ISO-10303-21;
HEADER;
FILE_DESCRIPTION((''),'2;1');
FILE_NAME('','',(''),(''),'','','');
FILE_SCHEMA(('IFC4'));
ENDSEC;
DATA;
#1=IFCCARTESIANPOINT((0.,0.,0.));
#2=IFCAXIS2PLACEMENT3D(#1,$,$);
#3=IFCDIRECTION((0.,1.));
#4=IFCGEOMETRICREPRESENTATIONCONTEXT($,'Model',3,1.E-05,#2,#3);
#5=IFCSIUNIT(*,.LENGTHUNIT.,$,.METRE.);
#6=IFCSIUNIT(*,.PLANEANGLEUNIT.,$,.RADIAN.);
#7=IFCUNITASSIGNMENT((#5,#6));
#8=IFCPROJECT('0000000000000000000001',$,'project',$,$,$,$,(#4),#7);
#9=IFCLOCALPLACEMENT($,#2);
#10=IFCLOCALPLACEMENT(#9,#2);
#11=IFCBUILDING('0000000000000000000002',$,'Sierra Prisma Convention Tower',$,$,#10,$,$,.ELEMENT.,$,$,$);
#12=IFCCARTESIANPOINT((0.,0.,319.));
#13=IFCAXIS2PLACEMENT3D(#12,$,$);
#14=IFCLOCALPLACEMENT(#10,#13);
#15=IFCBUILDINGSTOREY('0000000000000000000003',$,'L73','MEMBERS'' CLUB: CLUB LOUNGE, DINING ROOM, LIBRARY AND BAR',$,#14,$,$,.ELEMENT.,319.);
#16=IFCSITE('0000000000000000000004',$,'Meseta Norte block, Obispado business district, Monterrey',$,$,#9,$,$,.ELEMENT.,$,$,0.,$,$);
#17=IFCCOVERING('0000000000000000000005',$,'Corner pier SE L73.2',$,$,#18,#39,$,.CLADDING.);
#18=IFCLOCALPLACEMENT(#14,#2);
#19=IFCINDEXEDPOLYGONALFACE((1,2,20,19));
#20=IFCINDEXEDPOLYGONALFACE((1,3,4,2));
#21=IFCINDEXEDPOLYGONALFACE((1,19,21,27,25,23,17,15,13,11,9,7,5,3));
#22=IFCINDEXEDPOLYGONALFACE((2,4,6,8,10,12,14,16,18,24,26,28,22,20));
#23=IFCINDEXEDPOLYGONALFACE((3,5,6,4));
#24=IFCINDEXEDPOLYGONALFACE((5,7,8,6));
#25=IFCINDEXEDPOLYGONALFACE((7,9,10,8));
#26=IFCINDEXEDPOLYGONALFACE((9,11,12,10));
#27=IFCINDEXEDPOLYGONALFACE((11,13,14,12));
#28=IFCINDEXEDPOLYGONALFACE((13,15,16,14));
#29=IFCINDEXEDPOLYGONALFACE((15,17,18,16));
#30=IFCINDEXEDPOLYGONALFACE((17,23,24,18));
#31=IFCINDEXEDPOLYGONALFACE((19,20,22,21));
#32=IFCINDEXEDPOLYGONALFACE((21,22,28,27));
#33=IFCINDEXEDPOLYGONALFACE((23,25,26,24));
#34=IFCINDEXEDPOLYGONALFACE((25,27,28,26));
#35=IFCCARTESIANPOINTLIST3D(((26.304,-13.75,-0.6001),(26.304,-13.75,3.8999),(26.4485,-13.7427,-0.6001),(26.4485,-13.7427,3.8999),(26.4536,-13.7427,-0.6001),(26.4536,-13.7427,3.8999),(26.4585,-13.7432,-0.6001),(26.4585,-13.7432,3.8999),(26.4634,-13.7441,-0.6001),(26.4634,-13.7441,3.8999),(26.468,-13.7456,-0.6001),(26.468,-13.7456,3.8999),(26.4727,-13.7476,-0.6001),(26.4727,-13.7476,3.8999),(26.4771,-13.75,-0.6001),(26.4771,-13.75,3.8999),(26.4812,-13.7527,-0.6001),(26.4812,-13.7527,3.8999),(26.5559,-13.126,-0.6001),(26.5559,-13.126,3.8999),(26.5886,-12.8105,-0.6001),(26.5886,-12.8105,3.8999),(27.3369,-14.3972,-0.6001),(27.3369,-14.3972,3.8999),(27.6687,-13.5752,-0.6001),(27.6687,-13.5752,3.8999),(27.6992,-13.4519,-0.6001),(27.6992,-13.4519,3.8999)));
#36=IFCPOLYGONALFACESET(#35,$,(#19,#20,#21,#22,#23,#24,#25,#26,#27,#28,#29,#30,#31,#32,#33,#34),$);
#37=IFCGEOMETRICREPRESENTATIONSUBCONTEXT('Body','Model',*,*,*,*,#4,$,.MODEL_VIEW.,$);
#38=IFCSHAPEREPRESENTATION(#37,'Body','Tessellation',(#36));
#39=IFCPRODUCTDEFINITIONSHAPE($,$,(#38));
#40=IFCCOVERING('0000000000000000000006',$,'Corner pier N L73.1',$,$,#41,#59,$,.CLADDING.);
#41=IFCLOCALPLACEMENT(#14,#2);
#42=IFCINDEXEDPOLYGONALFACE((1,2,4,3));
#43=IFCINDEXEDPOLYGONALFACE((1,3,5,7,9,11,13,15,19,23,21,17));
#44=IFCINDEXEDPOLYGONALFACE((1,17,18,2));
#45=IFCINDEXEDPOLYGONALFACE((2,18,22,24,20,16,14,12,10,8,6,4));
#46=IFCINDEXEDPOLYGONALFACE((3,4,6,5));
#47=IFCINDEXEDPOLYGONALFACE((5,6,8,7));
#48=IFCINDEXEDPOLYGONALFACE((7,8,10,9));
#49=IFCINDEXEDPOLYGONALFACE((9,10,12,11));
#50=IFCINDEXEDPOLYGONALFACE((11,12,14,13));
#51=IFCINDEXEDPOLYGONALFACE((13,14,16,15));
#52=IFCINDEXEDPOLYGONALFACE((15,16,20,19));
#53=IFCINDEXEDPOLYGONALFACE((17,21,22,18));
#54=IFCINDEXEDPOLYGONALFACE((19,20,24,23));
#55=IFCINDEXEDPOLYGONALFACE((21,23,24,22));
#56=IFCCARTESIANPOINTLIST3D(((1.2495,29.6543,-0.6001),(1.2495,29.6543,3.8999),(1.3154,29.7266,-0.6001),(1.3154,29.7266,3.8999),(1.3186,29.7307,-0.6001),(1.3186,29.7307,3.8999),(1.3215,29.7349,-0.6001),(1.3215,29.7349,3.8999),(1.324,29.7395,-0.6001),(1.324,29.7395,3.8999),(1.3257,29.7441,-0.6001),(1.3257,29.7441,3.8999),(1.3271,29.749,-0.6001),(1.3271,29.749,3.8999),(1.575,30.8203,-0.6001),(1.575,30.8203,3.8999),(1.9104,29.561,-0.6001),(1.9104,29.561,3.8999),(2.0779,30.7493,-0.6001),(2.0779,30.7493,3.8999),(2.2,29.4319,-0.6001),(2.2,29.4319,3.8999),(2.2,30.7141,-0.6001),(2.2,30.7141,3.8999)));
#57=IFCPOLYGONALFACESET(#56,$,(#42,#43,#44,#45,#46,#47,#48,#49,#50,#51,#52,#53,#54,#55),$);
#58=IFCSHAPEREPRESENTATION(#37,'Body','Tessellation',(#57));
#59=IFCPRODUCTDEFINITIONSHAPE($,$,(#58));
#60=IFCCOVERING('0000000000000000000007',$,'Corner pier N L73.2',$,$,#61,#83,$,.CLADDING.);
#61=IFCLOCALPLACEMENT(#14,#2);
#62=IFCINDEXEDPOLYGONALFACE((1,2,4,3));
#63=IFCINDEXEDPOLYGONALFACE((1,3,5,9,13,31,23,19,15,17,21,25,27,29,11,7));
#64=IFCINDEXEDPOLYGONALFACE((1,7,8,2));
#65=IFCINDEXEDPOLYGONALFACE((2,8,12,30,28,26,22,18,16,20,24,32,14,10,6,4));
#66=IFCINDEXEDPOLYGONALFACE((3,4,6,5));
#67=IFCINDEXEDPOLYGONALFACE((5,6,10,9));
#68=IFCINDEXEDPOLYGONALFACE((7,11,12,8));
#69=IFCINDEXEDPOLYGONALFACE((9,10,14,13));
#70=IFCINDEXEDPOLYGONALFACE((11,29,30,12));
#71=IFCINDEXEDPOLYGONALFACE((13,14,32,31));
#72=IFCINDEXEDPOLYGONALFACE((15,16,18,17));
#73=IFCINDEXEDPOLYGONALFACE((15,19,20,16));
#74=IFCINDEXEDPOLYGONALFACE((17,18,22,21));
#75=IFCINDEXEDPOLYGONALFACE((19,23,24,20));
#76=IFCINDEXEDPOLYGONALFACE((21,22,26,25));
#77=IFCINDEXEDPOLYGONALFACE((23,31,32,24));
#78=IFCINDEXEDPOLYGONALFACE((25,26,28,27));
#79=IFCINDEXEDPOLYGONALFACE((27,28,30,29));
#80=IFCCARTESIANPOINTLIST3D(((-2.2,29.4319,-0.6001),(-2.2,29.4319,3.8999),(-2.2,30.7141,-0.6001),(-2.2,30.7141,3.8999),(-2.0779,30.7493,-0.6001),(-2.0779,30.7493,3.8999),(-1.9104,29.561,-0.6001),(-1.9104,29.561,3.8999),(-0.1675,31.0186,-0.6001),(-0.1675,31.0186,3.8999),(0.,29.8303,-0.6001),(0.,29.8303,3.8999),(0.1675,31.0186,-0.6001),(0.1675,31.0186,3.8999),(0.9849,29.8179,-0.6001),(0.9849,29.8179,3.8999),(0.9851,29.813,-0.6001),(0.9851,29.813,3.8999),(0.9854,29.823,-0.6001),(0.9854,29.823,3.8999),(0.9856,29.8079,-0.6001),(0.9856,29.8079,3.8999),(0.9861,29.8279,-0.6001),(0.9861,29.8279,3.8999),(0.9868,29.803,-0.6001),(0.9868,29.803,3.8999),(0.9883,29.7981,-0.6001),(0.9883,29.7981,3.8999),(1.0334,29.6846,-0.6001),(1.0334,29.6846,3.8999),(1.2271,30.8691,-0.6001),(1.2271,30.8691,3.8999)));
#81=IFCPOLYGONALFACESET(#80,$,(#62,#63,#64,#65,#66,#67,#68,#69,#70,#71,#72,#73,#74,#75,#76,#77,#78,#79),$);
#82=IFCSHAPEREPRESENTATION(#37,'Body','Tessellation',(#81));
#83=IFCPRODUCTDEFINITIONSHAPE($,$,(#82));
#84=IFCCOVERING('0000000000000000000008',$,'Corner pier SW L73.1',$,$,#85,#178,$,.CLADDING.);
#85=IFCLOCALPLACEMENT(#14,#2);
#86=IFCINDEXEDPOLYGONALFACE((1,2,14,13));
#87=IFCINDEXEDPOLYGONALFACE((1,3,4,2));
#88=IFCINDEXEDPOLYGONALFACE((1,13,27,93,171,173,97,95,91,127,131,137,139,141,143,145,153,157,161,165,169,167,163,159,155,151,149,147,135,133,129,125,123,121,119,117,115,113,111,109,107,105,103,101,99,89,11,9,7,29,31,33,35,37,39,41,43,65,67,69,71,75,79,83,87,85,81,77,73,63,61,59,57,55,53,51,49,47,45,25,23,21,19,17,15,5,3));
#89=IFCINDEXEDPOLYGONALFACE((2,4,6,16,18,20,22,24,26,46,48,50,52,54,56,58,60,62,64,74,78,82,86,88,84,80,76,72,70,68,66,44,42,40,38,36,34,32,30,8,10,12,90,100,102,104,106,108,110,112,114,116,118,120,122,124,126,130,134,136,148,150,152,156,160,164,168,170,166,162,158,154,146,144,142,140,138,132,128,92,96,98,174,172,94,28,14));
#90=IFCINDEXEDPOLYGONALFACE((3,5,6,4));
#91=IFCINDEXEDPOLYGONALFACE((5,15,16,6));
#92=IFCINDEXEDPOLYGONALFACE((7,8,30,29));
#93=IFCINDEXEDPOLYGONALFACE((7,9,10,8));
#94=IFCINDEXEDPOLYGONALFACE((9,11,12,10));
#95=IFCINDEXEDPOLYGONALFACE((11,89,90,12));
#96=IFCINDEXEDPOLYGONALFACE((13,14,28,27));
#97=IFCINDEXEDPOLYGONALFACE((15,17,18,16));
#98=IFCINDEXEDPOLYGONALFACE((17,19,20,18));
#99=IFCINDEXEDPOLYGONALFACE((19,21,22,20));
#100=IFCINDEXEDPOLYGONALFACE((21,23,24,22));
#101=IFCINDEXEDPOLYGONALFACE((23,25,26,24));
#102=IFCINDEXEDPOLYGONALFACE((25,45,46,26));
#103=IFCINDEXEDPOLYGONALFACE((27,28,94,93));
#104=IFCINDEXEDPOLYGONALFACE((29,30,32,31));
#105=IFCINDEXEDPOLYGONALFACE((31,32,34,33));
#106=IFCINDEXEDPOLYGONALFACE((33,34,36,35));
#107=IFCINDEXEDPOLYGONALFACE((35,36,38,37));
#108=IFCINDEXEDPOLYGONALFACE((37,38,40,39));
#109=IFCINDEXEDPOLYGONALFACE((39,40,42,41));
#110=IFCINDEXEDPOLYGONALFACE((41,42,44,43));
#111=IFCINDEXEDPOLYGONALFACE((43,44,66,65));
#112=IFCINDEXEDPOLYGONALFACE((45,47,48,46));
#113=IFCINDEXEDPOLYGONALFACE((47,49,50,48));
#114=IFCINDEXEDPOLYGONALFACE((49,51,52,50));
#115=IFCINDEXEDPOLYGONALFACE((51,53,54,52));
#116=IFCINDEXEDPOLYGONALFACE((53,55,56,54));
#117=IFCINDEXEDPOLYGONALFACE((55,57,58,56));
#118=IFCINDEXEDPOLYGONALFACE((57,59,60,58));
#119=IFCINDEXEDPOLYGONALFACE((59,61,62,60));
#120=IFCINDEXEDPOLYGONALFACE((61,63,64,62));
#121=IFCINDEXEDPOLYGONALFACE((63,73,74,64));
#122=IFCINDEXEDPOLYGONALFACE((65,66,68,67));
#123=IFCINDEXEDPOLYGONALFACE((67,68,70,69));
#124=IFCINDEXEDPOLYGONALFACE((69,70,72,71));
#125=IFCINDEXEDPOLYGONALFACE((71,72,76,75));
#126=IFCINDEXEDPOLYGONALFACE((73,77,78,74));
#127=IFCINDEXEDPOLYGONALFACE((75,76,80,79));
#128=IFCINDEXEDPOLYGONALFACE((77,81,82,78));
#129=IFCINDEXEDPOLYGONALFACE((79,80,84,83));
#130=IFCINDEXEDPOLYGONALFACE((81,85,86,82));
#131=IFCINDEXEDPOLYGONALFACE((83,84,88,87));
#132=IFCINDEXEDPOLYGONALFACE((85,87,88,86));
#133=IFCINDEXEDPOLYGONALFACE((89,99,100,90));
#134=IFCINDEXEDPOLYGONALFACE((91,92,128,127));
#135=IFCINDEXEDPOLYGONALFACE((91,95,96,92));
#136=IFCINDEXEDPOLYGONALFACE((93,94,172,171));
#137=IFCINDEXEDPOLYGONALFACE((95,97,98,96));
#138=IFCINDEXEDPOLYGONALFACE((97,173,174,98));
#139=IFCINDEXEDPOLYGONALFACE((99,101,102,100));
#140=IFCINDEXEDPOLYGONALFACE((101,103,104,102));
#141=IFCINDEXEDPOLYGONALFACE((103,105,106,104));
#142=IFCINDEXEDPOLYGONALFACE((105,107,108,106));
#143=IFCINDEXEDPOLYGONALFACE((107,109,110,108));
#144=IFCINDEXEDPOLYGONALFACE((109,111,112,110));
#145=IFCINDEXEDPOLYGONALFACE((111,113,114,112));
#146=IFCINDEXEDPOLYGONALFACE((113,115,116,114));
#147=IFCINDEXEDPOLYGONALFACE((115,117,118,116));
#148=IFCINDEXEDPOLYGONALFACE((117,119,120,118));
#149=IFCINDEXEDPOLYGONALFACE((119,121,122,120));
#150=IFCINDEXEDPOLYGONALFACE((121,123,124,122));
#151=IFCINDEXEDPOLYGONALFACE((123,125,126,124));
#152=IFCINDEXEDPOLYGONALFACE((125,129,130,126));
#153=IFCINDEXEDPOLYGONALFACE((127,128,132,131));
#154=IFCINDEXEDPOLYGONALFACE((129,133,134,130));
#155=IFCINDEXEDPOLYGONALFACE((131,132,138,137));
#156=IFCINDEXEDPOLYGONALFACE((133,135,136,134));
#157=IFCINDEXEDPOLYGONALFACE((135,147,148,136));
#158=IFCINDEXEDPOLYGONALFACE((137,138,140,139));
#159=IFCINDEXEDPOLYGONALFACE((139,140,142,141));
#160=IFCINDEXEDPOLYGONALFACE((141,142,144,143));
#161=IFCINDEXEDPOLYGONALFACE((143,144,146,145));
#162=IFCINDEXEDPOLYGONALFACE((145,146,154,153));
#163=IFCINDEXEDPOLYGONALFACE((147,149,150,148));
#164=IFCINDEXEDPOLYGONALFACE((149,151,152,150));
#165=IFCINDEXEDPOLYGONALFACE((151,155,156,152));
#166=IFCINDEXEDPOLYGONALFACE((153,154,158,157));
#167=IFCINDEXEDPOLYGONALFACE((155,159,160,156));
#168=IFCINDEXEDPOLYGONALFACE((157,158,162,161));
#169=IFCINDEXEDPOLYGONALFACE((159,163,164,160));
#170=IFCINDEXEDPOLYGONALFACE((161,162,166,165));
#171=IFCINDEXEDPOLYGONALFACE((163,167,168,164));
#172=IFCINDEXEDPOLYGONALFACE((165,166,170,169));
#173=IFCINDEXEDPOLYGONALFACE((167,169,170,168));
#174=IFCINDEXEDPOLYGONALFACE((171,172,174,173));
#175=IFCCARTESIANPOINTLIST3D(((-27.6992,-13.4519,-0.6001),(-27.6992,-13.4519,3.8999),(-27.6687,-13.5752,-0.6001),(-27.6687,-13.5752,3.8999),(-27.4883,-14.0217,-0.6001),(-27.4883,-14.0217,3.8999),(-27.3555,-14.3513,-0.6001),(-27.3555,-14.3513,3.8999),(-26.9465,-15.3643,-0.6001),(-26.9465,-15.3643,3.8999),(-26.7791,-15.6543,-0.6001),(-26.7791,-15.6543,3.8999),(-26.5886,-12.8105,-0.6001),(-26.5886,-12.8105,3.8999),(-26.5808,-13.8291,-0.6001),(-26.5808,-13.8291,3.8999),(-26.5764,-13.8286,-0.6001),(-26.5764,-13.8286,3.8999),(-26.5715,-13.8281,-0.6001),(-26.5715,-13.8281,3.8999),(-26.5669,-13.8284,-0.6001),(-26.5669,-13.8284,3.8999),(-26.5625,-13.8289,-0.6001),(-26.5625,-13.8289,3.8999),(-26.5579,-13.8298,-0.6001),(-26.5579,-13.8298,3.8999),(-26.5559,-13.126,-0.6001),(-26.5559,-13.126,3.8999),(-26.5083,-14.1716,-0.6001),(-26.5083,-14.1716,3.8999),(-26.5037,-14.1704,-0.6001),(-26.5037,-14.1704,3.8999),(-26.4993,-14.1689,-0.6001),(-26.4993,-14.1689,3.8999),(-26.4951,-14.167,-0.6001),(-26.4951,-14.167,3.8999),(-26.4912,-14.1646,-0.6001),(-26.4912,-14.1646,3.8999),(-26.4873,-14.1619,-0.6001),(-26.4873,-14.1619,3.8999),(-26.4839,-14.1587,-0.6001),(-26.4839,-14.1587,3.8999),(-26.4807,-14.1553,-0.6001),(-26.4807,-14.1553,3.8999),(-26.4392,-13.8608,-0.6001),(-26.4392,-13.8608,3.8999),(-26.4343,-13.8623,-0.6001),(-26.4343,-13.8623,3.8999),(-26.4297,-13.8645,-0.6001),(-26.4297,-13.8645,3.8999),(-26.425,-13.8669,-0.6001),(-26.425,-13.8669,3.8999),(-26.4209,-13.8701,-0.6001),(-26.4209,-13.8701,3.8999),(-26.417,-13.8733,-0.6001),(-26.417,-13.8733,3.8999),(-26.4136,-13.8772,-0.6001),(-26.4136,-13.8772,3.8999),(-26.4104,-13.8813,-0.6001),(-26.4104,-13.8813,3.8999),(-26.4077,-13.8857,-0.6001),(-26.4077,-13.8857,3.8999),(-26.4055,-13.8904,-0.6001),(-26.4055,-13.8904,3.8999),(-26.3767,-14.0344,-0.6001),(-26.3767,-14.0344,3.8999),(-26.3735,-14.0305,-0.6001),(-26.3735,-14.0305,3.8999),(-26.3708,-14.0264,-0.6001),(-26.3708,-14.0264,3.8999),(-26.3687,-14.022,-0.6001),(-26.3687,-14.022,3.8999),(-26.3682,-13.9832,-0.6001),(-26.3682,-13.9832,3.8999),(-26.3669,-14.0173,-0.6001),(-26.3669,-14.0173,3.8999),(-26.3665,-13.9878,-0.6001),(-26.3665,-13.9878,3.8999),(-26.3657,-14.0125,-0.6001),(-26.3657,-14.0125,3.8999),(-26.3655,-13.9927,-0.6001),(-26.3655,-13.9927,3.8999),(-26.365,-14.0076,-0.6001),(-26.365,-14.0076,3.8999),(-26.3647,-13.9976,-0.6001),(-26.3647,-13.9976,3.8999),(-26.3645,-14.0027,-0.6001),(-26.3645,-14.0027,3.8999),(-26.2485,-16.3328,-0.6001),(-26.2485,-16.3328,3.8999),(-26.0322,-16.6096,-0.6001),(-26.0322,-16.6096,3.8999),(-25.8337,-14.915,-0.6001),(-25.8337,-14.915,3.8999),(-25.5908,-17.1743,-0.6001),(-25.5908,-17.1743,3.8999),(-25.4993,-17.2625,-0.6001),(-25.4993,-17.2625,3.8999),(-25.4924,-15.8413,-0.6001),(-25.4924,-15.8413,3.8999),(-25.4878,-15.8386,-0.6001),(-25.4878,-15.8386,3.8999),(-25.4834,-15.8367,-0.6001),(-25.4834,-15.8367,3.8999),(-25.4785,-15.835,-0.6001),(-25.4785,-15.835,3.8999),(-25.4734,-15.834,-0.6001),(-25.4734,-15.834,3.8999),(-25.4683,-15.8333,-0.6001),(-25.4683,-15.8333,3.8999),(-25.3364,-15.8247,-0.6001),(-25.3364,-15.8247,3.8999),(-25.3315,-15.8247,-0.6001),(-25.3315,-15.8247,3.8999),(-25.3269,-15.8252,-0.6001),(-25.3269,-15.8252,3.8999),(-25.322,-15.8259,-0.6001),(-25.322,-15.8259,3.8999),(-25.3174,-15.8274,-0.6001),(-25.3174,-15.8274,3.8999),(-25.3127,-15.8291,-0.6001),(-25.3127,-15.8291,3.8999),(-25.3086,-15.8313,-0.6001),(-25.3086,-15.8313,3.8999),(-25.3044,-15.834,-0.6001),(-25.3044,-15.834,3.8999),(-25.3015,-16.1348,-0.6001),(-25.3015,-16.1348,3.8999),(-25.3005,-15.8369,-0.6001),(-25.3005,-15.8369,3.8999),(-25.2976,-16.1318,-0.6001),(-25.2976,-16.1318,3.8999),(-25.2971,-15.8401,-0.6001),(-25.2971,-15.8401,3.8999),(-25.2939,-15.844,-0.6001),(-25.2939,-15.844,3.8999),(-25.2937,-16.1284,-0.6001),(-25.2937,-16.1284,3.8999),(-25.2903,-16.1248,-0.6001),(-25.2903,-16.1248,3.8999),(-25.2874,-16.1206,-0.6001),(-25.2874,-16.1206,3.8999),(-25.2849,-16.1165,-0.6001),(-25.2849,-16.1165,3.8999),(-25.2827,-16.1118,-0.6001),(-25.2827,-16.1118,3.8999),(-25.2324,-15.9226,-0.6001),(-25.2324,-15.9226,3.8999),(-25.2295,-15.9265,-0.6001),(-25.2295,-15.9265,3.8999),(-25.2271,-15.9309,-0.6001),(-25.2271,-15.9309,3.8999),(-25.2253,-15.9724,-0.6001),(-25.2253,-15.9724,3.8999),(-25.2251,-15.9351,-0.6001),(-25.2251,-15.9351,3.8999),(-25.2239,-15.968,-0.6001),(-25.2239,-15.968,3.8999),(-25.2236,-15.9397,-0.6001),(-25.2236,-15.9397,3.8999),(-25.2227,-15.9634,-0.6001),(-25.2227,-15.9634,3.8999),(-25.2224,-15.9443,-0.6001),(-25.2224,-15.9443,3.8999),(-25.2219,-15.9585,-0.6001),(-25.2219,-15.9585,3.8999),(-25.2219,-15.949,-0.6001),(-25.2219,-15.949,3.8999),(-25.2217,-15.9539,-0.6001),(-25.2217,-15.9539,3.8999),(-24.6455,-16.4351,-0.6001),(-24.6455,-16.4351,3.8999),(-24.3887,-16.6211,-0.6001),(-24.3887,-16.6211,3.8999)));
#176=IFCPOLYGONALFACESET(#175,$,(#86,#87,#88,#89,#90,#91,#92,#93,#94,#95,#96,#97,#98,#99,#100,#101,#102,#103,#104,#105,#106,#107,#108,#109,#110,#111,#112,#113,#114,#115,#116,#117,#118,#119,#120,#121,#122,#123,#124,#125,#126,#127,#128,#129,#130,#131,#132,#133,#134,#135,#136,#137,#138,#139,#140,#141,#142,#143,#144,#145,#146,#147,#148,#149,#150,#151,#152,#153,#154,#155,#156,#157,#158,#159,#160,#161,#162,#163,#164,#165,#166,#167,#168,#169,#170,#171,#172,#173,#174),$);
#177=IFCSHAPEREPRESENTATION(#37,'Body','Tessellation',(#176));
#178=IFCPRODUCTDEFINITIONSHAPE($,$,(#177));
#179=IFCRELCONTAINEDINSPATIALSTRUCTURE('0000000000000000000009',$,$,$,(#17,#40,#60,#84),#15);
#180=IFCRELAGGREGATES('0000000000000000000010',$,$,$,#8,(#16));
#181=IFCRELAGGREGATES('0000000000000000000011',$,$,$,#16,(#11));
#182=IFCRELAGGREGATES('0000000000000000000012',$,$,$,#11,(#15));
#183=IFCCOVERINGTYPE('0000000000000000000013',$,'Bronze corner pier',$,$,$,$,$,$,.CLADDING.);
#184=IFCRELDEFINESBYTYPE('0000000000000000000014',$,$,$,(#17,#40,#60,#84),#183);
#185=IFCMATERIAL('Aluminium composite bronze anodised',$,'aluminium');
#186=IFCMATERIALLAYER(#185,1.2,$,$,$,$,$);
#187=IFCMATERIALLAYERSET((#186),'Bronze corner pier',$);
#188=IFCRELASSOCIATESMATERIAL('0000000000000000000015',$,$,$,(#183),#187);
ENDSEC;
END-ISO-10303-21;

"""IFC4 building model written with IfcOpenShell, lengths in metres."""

from ifc_helpers import new_model, si_unit, direction, frame, origin, place, context, subcontext, project, spatial, polyline, outline, extrude, material, layer, layer_set, type_object, element, save


model = new_model("IFC4")

# Units and contexts
model_context = context("Model", 3, precision=1e-05, world=origin(), true_north=direction((0.0, 1.0)))
body_context = subcontext(model_context, "Body", "Model", "MODEL_VIEW")
ifc_project = project(units=[si_unit("LENGTHUNIT", "METRE"), si_unit("PLANEANGLEUNIT", "RADIAN")], contexts=[model_context])

# Site, building, storey
site_placement = place(None, origin())
site = spatial("IfcSite", under=ifc_project, at=site_placement, Name="Meseta Norte block, Obispado business district, Monterrey", CompositionType="ELEMENT", RefElevation=0.0)
building_placement = place(site_placement, origin())
building = spatial("IfcBuilding", under=site, at=building_placement, Name="Sierra Prisma Convention Tower", CompositionType="ELEMENT")
storey_placement = place(building_placement, frame((0.0, 0.0, 319.0)))
storey = spatial("IfcBuildingStorey", under=building, at=storey_placement, Name="L73", Description="MEMBERS' CLUB: CLUB LOUNGE, DINING ROOM, LIBRARY AND BAR", CompositionType="ELEMENT", Elevation=319.0)

# Coverings
ifc_material_1 = material(Name="Aluminium composite bronze anodised", Category="aluminium")
ifc_layer_1 = layer(ifc_material_1, 1.2)
ifc_layer_set_1 = layer_set([ifc_layer_1], Name="Bronze corner pier")
covering_type_1 = type_object("IfcCoveringType", Name="Bronze corner pier", PredefinedType="CLADDING", material=ifc_layer_set_1)
covering_1_placement = place(storey_placement, frame((0.0, 0.0, -0.6001)))
element("IfcCovering", 1, at=covering_1_placement, inside=storey, type_object=covering_type_1, Name="Corner pier SE L73.2", PredefinedType="CLADDING", context=body_context, shape_type="SweptSolid", body=[
    extrude(outline(polyline([(26.4536, -13.7427), (26.4485, -13.7427), (26.304, -13.75), (26.5559, -13.126), (26.5886, -12.8105), (27.6992, -13.4519), (27.6687, -13.5752), (27.3369, -14.3972), (26.4812, -13.7527), (26.4771, -13.75), (26.4727, -13.7476), (26.468, -13.7456), (26.4634, -13.7441), (26.4585, -13.7432), (26.4536, -13.7427)])), origin(), (0.0, 0.0, 1.0), 4.5),
])
covering_2_placement = place(storey_placement, frame((0.0, 0.0, -0.6001)))
element("IfcCovering", 2, at=covering_2_placement, inside=storey, type_object=covering_type_1, Name="Corner pier N L73.1", PredefinedType="CLADDING", context=body_context, shape_type="SweptSolid", body=[
    extrude(outline(polyline([(1.3186, 29.7307), (1.3215, 29.7349), (1.324, 29.7395), (1.3257, 29.7441), (1.3271, 29.749), (1.575, 30.8203), (2.0779, 30.7493), (2.2, 30.7141), (2.2, 29.4319), (1.9104, 29.561), (1.2495, 29.6543), (1.3154, 29.7266), (1.3186, 29.7307)])), origin(), (0.0, 0.0, 1.0), 4.5),
])
covering_3_placement = place(storey_placement, frame((0.0, 0.0, -0.6001)))
element("IfcCovering", 3, at=covering_3_placement, inside=storey, type_object=covering_type_1, Name="Corner pier N L73.2", PredefinedType="CLADDING", context=body_context, shape_type="SweptSolid", body=[
    extrude(outline(polyline([(-2.0779, 30.7493), (-0.1675, 31.0186), (0.1675, 31.0186), (1.2271, 30.8691), (0.9861, 29.8279), (0.9854, 29.823), (0.9849, 29.8179), (0.9851, 29.813), (0.9856, 29.8079), (0.9868, 29.803), (0.9883, 29.7981), (1.0334, 29.6846), (0.0, 29.8303), (-1.9104, 29.561), (-2.2, 29.4319), (-2.2, 30.7141), (-2.0779, 30.7493)])), origin(), (0.0, 0.0, 1.0), 4.5),
])
covering_4_placement = place(storey_placement, frame((0.0, 0.0, -0.6001)))
element("IfcCovering", 4, at=covering_4_placement, inside=storey, type_object=covering_type_1, Name="Corner pier SW L73.1", PredefinedType="CLADDING", context=body_context, shape_type="SweptSolid", body=[
    extrude(outline(polyline([(-25.2253, -15.9724), (-25.2239, -15.968), (-25.2227, -15.9634), (-25.2219, -15.9585), (-25.2217, -15.9539), (-25.2219, -15.949), (-25.2224, -15.9443), (-25.2236, -15.9397), (-25.2251, -15.9351), (-25.2271, -15.9309), (-25.2295, -15.9265), (-25.2324, -15.9226), (-25.2939, -15.844), (-25.2971, -15.8401), (-25.3005, -15.8369), (-25.3044, -15.834), (-25.3086, -15.8313), (-25.3127, -15.8291), (-25.3174, -15.8274), (-25.322, -15.8259), (-25.3269, -15.8252), (-25.3315, -15.8247), (-25.3364, -15.8247), (-25.4683, -15.8333), (-25.4734, -15.834), (-25.4785, -15.835), (-25.4834, -15.8367), (-25.4878, -15.8386), (-25.4924, -15.8413), (-26.2485, -16.3328), (-26.7791, -15.6543), (-26.9465, -15.3643), (-27.3555, -14.3513), (-26.5083, -14.1716), (-26.5037, -14.1704), (-26.4993, -14.1689), (-26.4951, -14.167), (-26.4912, -14.1646), (-26.4873, -14.1619), (-26.4839, -14.1587), (-26.4807, -14.1553), (-26.3767, -14.0344), (-26.3735, -14.0305), (-26.3708, -14.0264), (-26.3687, -14.022), (-26.3669, -14.0173), (-26.3657, -14.0125), (-26.365, -14.0076), (-26.3645, -14.0027), (-26.3647, -13.9976), (-26.3655, -13.9927), (-26.3665, -13.9878), (-26.3682, -13.9832), (-26.4055, -13.8904), (-26.4077, -13.8857), (-26.4104, -13.8813), (-26.4136, -13.8772), (-26.417, -13.8733), (-26.4209, -13.8701), (-26.425, -13.8669), (-26.4297, -13.8645), (-26.4343, -13.8623), (-26.4392, -13.8608), (-26.5579, -13.8298), (-26.5625, -13.8289), (-26.5669, -13.8284), (-26.5715, -13.8281), (-26.5764, -13.8286), (-26.5808, -13.8291), (-27.4883, -14.0217), (-27.6687, -13.5752), (-27.6992, -13.4519), (-26.5886, -12.8105), (-26.5559, -13.126), (-25.8337, -14.915), (-24.6455, -16.4351), (-24.3887, -16.6211), (-25.4993, -17.2625), (-25.5908, -17.1743), (-26.0322, -16.6096), (-25.3015, -16.1348), (-25.2976, -16.1318), (-25.2937, -16.1284), (-25.2903, -16.1248), (-25.2874, -16.1206), (-25.2849, -16.1165), (-25.2827, -16.1118), (-25.2253, -15.9724)])), origin(), (0.0, 0.0, 1.0), 4.5),
])

save(model, "model.ifc")
